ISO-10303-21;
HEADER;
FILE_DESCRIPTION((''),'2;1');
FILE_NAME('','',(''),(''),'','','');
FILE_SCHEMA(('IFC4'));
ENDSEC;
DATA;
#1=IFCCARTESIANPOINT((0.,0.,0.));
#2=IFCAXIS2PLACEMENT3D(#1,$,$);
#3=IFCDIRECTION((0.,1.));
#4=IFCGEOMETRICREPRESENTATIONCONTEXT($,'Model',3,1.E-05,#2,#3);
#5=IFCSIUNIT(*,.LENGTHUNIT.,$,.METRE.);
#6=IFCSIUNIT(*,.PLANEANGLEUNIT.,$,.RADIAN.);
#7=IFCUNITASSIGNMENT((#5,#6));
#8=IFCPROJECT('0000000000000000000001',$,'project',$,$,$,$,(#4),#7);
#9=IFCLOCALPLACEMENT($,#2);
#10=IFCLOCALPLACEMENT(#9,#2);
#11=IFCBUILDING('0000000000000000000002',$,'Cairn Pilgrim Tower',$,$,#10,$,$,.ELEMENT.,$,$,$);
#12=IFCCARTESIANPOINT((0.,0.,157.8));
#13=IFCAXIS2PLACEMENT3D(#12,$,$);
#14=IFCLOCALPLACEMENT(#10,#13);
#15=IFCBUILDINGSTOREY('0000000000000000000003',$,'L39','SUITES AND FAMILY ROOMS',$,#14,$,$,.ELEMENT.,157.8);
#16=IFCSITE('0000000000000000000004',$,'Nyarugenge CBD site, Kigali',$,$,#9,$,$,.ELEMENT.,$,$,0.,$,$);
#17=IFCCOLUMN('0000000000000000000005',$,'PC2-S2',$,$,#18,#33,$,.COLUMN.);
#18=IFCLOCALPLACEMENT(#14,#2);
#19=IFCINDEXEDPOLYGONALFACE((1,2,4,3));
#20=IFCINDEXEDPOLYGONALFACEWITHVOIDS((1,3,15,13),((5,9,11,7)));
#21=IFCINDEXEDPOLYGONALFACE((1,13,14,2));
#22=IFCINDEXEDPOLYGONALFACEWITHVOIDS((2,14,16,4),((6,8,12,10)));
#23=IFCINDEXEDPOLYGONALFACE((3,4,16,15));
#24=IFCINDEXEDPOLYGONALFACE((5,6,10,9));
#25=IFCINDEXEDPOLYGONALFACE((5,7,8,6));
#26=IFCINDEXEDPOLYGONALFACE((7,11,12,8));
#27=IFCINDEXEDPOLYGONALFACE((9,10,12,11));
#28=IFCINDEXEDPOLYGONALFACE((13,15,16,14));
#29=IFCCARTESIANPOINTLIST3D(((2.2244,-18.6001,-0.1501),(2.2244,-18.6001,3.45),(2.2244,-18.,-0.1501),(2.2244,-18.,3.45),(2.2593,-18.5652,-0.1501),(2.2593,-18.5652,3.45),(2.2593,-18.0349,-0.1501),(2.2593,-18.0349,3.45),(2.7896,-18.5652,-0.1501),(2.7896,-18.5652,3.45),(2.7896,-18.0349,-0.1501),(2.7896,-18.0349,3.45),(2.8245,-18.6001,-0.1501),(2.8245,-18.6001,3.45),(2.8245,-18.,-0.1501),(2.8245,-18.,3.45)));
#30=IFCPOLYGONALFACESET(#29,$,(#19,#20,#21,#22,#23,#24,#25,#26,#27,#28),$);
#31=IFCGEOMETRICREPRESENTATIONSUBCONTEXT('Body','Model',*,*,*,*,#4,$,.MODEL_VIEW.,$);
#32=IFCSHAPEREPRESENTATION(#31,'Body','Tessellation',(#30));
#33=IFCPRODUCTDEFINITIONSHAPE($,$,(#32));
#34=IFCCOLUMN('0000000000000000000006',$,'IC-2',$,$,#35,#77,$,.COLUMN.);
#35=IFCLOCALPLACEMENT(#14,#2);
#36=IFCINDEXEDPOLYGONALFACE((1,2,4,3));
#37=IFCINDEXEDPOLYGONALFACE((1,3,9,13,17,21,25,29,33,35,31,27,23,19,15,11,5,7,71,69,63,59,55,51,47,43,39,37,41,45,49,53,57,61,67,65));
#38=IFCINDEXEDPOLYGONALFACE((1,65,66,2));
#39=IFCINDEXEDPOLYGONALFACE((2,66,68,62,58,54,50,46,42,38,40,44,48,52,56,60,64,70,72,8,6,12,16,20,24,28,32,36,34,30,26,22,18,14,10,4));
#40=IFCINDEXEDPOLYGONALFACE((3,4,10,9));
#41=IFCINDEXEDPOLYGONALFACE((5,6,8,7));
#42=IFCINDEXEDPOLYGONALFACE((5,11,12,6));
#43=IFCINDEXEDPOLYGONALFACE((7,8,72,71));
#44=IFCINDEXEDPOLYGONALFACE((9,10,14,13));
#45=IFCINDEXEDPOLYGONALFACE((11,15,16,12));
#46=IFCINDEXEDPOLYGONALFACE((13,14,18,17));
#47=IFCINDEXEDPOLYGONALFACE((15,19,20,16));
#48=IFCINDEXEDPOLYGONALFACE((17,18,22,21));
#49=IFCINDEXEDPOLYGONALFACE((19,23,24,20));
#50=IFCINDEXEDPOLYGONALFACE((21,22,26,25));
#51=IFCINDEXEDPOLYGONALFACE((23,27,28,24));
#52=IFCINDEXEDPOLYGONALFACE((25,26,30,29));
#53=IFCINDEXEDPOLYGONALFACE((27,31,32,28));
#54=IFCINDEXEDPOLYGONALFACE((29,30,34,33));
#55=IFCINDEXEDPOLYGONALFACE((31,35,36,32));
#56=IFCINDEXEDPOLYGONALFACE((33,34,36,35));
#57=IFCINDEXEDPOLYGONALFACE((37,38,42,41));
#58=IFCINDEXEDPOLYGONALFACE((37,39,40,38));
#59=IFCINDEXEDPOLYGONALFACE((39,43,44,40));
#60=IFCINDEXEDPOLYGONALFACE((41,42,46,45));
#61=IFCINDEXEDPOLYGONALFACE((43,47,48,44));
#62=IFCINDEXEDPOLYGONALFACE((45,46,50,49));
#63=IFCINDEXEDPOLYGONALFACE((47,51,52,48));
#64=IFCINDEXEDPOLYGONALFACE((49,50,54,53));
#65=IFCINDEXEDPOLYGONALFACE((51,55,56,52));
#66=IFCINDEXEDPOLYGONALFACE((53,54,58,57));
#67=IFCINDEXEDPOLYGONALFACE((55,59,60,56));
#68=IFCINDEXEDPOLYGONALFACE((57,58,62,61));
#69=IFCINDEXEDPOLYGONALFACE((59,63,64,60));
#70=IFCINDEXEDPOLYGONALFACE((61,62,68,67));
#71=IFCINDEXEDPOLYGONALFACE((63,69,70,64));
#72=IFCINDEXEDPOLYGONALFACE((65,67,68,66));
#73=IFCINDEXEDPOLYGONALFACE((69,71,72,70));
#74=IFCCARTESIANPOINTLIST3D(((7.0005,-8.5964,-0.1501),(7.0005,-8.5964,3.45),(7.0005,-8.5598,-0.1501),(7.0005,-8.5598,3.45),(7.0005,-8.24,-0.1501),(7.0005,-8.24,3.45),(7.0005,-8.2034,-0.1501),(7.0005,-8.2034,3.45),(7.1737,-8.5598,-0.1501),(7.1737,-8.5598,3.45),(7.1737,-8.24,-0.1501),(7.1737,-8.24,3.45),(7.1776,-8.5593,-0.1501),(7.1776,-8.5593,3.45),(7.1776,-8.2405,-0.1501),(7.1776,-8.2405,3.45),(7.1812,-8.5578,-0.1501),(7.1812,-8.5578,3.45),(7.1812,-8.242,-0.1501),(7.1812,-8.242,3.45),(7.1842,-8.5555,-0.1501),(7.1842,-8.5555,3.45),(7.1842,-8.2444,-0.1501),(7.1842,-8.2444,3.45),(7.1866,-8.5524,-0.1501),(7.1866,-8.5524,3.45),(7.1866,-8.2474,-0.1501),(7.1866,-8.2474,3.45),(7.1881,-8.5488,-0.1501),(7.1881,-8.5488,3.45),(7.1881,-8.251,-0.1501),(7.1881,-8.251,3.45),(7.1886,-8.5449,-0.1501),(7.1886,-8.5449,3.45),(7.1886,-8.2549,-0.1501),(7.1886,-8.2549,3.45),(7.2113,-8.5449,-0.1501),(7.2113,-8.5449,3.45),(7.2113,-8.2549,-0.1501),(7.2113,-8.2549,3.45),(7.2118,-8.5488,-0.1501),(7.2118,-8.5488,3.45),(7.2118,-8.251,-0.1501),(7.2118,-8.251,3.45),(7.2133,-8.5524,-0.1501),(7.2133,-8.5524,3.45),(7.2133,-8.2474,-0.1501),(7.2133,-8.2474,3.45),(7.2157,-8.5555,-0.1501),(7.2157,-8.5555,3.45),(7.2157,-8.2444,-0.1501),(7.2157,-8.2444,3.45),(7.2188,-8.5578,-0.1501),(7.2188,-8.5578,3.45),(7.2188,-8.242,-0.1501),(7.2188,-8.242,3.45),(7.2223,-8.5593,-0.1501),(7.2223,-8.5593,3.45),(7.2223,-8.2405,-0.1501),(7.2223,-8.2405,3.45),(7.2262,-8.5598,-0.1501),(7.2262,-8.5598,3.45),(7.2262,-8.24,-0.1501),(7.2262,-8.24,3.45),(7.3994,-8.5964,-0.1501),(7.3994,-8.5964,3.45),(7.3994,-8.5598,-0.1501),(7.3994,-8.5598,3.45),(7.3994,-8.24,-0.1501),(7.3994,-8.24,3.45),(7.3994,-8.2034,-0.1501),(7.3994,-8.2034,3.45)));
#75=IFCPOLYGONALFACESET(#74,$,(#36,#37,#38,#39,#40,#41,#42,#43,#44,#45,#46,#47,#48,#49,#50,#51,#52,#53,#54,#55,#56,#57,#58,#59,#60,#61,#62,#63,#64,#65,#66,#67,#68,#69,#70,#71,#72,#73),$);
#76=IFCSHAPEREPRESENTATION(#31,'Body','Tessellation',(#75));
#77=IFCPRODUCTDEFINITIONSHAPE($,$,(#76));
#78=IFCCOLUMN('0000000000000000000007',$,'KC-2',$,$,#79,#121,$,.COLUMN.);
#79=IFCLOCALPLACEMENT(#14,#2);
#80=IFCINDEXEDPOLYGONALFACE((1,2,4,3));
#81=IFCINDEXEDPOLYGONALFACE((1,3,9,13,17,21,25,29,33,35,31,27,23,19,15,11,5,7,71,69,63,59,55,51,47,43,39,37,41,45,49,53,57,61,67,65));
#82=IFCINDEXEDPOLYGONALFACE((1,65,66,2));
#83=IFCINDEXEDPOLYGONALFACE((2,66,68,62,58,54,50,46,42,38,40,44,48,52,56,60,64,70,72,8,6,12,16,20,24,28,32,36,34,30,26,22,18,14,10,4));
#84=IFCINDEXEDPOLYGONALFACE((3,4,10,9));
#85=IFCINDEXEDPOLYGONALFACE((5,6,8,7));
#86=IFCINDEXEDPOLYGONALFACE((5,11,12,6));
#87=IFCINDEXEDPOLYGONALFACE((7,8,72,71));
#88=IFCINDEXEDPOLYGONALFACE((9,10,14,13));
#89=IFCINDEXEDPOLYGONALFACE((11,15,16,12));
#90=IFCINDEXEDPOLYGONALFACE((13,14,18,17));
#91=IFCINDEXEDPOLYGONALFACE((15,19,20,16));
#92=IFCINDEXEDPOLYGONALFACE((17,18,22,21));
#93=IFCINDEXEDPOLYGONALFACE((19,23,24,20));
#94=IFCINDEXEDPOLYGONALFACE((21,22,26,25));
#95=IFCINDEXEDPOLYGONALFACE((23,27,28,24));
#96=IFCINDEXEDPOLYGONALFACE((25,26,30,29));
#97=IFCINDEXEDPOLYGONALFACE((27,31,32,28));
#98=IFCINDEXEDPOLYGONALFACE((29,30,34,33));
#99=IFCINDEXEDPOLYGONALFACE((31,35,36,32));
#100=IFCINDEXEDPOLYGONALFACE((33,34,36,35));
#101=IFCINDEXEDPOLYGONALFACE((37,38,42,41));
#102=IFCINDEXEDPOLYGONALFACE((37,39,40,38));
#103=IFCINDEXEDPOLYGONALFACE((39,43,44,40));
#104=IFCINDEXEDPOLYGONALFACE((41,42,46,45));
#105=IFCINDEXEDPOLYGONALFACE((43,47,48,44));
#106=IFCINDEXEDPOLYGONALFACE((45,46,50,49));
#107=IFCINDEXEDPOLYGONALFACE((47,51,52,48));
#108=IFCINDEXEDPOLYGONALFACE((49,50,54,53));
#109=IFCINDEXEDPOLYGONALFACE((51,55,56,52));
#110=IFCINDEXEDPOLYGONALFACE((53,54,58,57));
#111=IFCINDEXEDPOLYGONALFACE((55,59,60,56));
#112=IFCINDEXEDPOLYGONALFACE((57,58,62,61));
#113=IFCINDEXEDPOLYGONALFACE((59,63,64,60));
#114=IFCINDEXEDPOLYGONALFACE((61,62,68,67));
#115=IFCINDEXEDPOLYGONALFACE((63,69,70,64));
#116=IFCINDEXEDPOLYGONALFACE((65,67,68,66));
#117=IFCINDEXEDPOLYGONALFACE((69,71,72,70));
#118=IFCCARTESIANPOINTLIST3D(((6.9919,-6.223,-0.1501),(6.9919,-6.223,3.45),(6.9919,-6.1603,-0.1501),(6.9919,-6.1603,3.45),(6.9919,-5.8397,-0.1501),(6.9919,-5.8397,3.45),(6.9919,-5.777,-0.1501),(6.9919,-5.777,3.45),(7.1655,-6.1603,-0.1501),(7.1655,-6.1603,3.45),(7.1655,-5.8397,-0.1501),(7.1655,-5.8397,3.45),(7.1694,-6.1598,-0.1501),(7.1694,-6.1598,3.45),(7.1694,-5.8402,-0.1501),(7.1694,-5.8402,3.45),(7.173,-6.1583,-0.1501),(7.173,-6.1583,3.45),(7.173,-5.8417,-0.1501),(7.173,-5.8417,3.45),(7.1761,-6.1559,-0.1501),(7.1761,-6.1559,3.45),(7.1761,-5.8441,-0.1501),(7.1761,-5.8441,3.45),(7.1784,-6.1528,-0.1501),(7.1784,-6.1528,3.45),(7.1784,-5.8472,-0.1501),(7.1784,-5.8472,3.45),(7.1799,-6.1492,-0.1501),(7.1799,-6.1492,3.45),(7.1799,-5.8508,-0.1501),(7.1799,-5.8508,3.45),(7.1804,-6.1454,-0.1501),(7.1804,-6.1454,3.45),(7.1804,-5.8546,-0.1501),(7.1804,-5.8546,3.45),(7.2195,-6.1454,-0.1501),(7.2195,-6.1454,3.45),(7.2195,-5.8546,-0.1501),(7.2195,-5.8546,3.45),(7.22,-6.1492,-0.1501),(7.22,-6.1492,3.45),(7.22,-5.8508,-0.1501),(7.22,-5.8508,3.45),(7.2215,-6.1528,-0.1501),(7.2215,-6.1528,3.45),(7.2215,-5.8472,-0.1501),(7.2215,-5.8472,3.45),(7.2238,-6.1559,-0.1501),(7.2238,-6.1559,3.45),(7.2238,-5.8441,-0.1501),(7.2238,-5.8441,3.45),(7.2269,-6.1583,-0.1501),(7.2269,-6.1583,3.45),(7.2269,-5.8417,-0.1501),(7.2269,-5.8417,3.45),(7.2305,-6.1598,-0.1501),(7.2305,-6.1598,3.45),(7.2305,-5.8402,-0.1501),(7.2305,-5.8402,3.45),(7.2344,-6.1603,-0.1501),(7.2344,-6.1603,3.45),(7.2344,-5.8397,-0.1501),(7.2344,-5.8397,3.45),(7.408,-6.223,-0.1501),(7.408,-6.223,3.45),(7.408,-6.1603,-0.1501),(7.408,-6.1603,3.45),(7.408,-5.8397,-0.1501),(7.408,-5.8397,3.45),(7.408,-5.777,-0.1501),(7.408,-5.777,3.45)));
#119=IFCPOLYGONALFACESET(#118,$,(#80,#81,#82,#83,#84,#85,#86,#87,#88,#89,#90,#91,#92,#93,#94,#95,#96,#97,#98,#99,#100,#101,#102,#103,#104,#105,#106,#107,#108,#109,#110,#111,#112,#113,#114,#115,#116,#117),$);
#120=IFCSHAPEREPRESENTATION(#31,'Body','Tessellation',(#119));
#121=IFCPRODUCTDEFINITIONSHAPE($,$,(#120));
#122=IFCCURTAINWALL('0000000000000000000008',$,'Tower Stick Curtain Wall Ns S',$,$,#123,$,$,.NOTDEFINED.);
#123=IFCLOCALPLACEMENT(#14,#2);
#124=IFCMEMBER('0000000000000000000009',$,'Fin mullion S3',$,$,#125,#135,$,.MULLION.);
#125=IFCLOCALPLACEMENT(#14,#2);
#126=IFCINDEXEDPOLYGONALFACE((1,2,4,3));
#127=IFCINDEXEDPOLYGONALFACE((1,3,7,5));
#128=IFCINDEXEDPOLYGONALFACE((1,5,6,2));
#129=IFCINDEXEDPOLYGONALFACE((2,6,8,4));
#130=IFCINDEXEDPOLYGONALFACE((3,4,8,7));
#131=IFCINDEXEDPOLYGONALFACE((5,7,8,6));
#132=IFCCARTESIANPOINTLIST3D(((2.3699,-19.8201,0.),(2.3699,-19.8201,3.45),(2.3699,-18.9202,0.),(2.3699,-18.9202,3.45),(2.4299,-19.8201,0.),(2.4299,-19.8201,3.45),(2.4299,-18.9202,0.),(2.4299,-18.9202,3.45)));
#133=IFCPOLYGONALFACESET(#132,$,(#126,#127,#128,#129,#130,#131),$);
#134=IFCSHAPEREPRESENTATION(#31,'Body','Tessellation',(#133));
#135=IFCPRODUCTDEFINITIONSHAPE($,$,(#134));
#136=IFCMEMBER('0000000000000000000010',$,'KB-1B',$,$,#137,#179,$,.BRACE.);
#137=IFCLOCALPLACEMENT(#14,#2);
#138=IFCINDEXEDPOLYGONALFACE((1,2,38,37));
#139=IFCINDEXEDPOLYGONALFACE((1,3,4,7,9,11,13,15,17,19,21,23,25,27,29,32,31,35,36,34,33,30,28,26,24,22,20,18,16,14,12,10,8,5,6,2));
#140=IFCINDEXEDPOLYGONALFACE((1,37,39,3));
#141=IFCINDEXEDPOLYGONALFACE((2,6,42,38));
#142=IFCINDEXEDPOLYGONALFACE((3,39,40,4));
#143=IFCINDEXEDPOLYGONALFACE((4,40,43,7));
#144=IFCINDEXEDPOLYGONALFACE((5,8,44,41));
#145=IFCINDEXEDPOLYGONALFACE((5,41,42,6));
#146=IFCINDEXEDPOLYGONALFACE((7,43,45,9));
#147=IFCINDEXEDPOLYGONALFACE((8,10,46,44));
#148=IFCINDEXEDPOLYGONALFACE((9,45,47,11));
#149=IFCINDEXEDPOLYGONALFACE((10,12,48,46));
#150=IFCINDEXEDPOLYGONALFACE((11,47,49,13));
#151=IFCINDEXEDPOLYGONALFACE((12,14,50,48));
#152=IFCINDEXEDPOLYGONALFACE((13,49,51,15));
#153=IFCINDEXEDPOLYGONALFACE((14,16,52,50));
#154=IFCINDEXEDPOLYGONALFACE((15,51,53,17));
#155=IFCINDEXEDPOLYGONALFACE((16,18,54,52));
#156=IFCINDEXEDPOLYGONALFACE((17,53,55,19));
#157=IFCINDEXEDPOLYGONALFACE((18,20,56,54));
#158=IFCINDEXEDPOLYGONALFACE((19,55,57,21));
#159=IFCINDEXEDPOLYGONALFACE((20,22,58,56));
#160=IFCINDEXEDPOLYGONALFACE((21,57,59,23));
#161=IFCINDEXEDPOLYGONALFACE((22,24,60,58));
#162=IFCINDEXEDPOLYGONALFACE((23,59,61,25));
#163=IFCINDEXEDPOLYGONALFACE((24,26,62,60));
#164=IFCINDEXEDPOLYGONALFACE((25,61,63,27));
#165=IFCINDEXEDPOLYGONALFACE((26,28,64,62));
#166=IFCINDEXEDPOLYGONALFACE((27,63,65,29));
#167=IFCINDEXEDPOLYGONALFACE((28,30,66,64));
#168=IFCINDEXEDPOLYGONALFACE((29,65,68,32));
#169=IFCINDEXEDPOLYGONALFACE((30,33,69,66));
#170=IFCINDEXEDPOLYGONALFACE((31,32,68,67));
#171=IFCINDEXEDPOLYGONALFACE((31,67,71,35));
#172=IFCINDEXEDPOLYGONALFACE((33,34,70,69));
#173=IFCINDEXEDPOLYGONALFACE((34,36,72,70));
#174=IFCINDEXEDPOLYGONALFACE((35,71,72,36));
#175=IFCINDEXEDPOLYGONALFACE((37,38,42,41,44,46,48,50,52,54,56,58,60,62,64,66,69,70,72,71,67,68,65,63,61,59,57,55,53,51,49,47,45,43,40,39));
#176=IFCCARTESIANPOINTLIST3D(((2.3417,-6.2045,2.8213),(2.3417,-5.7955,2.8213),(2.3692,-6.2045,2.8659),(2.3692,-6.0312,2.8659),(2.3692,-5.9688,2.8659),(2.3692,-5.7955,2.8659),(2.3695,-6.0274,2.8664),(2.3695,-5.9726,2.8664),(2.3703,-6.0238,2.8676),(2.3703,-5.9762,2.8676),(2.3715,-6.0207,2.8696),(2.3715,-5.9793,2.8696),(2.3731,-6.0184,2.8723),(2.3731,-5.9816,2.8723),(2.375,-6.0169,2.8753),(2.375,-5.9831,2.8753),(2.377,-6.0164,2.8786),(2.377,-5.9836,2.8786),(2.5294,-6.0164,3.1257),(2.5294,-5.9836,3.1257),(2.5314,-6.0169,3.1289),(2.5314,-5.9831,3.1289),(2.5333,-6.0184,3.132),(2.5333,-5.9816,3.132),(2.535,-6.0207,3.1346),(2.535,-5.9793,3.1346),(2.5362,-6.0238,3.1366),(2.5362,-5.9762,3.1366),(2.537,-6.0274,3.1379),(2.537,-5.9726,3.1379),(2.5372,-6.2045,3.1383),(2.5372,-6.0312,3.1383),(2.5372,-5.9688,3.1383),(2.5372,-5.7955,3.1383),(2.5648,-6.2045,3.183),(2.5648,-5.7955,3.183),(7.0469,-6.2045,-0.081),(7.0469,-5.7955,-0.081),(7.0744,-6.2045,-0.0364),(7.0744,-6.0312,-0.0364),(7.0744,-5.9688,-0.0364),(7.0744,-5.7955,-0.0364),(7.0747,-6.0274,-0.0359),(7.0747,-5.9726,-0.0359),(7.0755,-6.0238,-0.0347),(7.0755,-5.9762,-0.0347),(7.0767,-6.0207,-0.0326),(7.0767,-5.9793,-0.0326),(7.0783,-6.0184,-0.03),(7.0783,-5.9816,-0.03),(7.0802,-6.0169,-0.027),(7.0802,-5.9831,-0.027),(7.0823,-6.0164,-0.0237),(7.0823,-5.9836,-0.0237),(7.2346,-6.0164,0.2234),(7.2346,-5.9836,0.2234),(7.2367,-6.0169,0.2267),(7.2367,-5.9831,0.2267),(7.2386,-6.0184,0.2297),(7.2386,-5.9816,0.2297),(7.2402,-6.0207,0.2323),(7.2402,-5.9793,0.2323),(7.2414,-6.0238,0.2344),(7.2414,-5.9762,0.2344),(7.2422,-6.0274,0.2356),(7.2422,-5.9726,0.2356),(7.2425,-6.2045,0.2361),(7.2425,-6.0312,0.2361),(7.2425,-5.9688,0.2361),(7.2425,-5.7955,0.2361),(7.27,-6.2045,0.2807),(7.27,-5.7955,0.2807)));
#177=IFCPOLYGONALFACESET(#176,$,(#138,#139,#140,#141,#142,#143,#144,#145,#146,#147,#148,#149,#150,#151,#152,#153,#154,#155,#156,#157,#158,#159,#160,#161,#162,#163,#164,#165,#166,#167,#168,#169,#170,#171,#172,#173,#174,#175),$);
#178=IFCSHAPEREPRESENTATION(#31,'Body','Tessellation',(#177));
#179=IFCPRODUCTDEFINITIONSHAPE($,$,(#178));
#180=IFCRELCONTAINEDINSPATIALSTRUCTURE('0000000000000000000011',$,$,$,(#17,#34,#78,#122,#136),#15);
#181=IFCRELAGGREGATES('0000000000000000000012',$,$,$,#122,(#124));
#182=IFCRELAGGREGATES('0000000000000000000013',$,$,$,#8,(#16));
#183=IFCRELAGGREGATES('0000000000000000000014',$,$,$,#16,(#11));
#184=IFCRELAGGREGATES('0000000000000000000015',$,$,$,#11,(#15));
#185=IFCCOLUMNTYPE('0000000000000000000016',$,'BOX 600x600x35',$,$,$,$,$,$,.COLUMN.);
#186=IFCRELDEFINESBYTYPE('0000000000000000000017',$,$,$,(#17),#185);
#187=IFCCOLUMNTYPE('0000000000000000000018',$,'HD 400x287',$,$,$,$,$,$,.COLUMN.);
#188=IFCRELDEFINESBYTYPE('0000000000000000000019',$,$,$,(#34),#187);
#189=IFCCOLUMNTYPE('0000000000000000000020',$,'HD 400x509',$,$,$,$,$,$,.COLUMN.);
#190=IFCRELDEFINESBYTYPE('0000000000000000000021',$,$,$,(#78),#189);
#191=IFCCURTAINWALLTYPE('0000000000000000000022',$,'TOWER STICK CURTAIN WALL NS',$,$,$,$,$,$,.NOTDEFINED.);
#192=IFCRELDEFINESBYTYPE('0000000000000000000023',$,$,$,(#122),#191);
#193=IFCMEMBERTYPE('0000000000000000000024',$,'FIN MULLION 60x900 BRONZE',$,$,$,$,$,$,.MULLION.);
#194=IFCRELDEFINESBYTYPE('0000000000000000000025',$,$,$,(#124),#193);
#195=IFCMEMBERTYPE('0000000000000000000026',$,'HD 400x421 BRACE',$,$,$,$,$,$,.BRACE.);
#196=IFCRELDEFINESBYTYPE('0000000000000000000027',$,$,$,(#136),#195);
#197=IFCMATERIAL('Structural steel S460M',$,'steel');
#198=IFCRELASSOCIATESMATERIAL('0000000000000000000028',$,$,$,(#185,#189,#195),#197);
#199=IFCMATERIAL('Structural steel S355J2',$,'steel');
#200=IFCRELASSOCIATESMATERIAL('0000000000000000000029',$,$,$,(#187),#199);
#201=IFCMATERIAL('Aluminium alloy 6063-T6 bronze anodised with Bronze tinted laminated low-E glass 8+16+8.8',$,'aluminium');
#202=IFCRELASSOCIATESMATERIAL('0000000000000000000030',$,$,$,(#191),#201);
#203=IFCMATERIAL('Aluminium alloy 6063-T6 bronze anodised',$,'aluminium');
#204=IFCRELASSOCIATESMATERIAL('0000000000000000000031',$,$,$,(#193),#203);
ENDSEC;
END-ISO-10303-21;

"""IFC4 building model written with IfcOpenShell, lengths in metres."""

from ifc_helpers import new_model, si_unit, direction, frame, origin, origin_2d, place, context, subcontext, project, spatial, rectangle, hollow_rectangle, i_section, extrude, material, material_profile, profile_set, type_object, element, aggregate, save


model = new_model("IFC4")

# Units and contexts
model_context = context("Model", 3, precision=1e-05, world=origin(), true_north=direction((0.0, 1.0)))
body_context = subcontext(model_context, "Body", "Model", "MODEL_VIEW")
ifc_project = project(units=[si_unit("LENGTHUNIT", "METRE"), si_unit("PLANEANGLEUNIT", "RADIAN")], contexts=[model_context])

# Site, building, storey
site_placement = place(None, origin())
site = spatial("IfcSite", under=ifc_project, at=site_placement, Name="Nyarugenge CBD site, Kigali", CompositionType="ELEMENT", RefElevation=0.0)
building_placement = place(site_placement, origin())
building = spatial("IfcBuilding", under=site, at=building_placement, Name="Cairn Pilgrim Tower", CompositionType="ELEMENT")
storey_placement = place(building_placement, frame((0.0, 0.0, 157.8)))
storey = spatial("IfcBuildingStorey", under=building, at=storey_placement, Name="L39", Description="SUITES AND FAMILY ROOMS", CompositionType="ELEMENT", Elevation=157.8)

# Columns
ifc_material_1 = material(Name="Structural steel S460M", Category="steel")
ifc_material_profile_1 = material_profile(ifc_material_1, hollow_rectangle(XDim=0.6001, YDim=0.6001, WallThickness=0.0349, at=origin_2d()), Name="BOX 600x600x35")
ifc_profile_set_1 = profile_set([ifc_material_profile_1], Name="Structural steel S460M")
column_type_1 = type_object("IfcColumnType", Name="BOX 600x600x35", PredefinedType="COLUMN", material=ifc_profile_set_1)
column_1_placement = place(storey_placement, frame((2.5244, -18.3, -0.1501), z_axis=(0.0, 0.0, 1.0), x_axis=(1.0, 0.0, 0.0)))
element("IfcColumn", 1, at=column_1_placement, inside=storey, type_object=column_type_1, Name="PC2-S2", PredefinedType="COLUMN", context=body_context, shape_type="SweptSolid", body=[
    extrude(hollow_rectangle(XDim=0.6001, YDim=0.6001, WallThickness=0.0349, at=origin_2d()), origin(), (0.0, 0.0, 1.0), 3.6001),
])
ifc_material_2 = material(Name="Structural steel S355J2", Category="steel")
ifc_material_profile_2 = material_profile(ifc_material_2, i_section(OverallWidth=0.3989, OverallDepth=0.3931, WebThickness=0.0227, FlangeThickness=0.0366, FilletRadius=0.0149, at=origin_2d()), Name="HD 400x287")
ifc_profile_set_2 = profile_set([ifc_material_profile_2], Name="Structural steel S355J2")
column_type_2 = type_object("IfcColumnType", Name="HD 400x287", PredefinedType="COLUMN", material=ifc_profile_set_2)
column_2_placement = place(storey_placement, frame((7.2, -8.3999, -0.1501), z_axis=(0.0, 0.0, 1.0), x_axis=(1.0, 0.0, 0.0)))
element("IfcColumn", 2, at=column_2_placement, inside=storey, type_object=column_type_2, Name="IC-2", PredefinedType="COLUMN", context=body_context, shape_type="SweptSolid", body=[
    extrude(i_section(OverallWidth=0.3989, OverallDepth=0.3931, WebThickness=0.0227, FlangeThickness=0.0366, FilletRadius=0.0149, at=origin_2d()), origin(), (0.0, 0.0, 1.0), 3.6001),
])
ifc_material_profile_3 = material_profile(ifc_material_1, i_section(OverallWidth=0.416, OverallDepth=0.446, WebThickness=0.0391, FlangeThickness=0.0627, FilletRadius=0.0149, at=origin_2d()), Name="HD 400x509")
ifc_profile_set_3 = profile_set([ifc_material_profile_3], Name="Structural steel S460M")
column_type_3 = type_object("IfcColumnType", Name="HD 400x509", PredefinedType="COLUMN", material=ifc_profile_set_3)
column_3_placement = place(storey_placement, frame((7.2, -6.0, -0.1501), z_axis=(0.0, 0.0, 1.0), x_axis=(1.0, 0.0, 0.0)))
element("IfcColumn", 3, at=column_3_placement, inside=storey, type_object=column_type_3, Name="KC-2", PredefinedType="COLUMN", context=body_context, shape_type="SweptSolid", body=[
    extrude(i_section(OverallWidth=0.416, OverallDepth=0.446, WebThickness=0.0391, FlangeThickness=0.0627, FilletRadius=0.0149, at=origin_2d()), origin(), (0.0, 0.0, 1.0), 3.6001),
])

# Curtain wall, member
ifc_material_3 = material(Name="Aluminium alloy 6063-T6 bronze anodised with Bronze tinted laminated low-E glass 8+16+8.8", Category="aluminium")
curtain_wall_type = type_object("IfcCurtainWallType", Name="TOWER STICK CURTAIN WALL NS", PredefinedType="NOTDEFINED", material=ifc_material_3)
curtain_wall_placement = place(storey_placement, origin())
curtain_wall = element("IfcCurtainWall", 4, at=curtain_wall_placement, inside=storey, type_object=curtain_wall_type, Name="Tower Stick Curtain Wall Ns S", PredefinedType="NOTDEFINED")
ifc_material_4 = material(Name="Aluminium alloy 6063-T6 bronze anodised", Category="aluminium")
ifc_material_profile_4 = material_profile(ifc_material_4, rectangle(XDim=0.8999, YDim=0.0601, at=origin_2d()), Name="FIN MULLION 60x900 BRONZE")
ifc_profile_set_4 = profile_set([ifc_material_profile_4], Name="Aluminium alloy 6063-T6 bronze anodised")
member_type_1 = type_object("IfcMemberType", Name="FIN MULLION 60x900 BRONZE", PredefinedType="MULLION", material=ifc_profile_set_4)
member_1_placement = place(storey_placement, frame((2.3999, -19.3701, 0.0), z_axis=(0.0, 0.0, 1.0), x_axis=(0.0, -1.0, 0.0)))
member_1 = element("IfcMember", 5, at=member_1_placement, type_object=member_type_1, Name="Fin mullion S3", PredefinedType="MULLION", context=body_context, shape_type="SweptSolid", body=[
    extrude(rectangle(XDim=0.8999, YDim=0.0601, at=origin_2d()), origin(), (0.0, 0.0, 1.0), 3.45),
])

# Member
ifc_material_profile_5 = material_profile(ifc_material_1, i_section(OverallWidth=0.4089, OverallDepth=0.425, WebThickness=0.0327, FlangeThickness=0.0525, FilletRadius=0.0149, at=origin_2d()), Name="HD 400x421")
ifc_profile_set_5 = profile_set([ifc_material_profile_5], Name="Structural steel S460M")
member_type_2 = type_object("IfcMemberType", Name="HD 400x421 BRACE", PredefinedType="BRACE", material=ifc_profile_set_5)
member_2_placement = place(storey_placement, frame((7.1584, -6.0, 0.0999), z_axis=(-0.851112, 0.0, 0.524984), x_axis=(0.0, -1.0, 0.0)))
element("IfcMember", 6, at=member_2_placement, inside=storey, type_object=member_type_2, Name="KB-1B", PredefinedType="BRACE", context=body_context, shape_type="SweptSolid", body=[
    extrude(i_section(OverallWidth=0.4089, OverallDepth=0.425, WebThickness=0.0327, FlangeThickness=0.0525, FilletRadius=0.0149, at=origin_2d()), origin(), (0.0, 0.0, 1.0), 5.5283),
])

aggregate(curtain_wall, [member_1])

save(model, "model.ifc")
